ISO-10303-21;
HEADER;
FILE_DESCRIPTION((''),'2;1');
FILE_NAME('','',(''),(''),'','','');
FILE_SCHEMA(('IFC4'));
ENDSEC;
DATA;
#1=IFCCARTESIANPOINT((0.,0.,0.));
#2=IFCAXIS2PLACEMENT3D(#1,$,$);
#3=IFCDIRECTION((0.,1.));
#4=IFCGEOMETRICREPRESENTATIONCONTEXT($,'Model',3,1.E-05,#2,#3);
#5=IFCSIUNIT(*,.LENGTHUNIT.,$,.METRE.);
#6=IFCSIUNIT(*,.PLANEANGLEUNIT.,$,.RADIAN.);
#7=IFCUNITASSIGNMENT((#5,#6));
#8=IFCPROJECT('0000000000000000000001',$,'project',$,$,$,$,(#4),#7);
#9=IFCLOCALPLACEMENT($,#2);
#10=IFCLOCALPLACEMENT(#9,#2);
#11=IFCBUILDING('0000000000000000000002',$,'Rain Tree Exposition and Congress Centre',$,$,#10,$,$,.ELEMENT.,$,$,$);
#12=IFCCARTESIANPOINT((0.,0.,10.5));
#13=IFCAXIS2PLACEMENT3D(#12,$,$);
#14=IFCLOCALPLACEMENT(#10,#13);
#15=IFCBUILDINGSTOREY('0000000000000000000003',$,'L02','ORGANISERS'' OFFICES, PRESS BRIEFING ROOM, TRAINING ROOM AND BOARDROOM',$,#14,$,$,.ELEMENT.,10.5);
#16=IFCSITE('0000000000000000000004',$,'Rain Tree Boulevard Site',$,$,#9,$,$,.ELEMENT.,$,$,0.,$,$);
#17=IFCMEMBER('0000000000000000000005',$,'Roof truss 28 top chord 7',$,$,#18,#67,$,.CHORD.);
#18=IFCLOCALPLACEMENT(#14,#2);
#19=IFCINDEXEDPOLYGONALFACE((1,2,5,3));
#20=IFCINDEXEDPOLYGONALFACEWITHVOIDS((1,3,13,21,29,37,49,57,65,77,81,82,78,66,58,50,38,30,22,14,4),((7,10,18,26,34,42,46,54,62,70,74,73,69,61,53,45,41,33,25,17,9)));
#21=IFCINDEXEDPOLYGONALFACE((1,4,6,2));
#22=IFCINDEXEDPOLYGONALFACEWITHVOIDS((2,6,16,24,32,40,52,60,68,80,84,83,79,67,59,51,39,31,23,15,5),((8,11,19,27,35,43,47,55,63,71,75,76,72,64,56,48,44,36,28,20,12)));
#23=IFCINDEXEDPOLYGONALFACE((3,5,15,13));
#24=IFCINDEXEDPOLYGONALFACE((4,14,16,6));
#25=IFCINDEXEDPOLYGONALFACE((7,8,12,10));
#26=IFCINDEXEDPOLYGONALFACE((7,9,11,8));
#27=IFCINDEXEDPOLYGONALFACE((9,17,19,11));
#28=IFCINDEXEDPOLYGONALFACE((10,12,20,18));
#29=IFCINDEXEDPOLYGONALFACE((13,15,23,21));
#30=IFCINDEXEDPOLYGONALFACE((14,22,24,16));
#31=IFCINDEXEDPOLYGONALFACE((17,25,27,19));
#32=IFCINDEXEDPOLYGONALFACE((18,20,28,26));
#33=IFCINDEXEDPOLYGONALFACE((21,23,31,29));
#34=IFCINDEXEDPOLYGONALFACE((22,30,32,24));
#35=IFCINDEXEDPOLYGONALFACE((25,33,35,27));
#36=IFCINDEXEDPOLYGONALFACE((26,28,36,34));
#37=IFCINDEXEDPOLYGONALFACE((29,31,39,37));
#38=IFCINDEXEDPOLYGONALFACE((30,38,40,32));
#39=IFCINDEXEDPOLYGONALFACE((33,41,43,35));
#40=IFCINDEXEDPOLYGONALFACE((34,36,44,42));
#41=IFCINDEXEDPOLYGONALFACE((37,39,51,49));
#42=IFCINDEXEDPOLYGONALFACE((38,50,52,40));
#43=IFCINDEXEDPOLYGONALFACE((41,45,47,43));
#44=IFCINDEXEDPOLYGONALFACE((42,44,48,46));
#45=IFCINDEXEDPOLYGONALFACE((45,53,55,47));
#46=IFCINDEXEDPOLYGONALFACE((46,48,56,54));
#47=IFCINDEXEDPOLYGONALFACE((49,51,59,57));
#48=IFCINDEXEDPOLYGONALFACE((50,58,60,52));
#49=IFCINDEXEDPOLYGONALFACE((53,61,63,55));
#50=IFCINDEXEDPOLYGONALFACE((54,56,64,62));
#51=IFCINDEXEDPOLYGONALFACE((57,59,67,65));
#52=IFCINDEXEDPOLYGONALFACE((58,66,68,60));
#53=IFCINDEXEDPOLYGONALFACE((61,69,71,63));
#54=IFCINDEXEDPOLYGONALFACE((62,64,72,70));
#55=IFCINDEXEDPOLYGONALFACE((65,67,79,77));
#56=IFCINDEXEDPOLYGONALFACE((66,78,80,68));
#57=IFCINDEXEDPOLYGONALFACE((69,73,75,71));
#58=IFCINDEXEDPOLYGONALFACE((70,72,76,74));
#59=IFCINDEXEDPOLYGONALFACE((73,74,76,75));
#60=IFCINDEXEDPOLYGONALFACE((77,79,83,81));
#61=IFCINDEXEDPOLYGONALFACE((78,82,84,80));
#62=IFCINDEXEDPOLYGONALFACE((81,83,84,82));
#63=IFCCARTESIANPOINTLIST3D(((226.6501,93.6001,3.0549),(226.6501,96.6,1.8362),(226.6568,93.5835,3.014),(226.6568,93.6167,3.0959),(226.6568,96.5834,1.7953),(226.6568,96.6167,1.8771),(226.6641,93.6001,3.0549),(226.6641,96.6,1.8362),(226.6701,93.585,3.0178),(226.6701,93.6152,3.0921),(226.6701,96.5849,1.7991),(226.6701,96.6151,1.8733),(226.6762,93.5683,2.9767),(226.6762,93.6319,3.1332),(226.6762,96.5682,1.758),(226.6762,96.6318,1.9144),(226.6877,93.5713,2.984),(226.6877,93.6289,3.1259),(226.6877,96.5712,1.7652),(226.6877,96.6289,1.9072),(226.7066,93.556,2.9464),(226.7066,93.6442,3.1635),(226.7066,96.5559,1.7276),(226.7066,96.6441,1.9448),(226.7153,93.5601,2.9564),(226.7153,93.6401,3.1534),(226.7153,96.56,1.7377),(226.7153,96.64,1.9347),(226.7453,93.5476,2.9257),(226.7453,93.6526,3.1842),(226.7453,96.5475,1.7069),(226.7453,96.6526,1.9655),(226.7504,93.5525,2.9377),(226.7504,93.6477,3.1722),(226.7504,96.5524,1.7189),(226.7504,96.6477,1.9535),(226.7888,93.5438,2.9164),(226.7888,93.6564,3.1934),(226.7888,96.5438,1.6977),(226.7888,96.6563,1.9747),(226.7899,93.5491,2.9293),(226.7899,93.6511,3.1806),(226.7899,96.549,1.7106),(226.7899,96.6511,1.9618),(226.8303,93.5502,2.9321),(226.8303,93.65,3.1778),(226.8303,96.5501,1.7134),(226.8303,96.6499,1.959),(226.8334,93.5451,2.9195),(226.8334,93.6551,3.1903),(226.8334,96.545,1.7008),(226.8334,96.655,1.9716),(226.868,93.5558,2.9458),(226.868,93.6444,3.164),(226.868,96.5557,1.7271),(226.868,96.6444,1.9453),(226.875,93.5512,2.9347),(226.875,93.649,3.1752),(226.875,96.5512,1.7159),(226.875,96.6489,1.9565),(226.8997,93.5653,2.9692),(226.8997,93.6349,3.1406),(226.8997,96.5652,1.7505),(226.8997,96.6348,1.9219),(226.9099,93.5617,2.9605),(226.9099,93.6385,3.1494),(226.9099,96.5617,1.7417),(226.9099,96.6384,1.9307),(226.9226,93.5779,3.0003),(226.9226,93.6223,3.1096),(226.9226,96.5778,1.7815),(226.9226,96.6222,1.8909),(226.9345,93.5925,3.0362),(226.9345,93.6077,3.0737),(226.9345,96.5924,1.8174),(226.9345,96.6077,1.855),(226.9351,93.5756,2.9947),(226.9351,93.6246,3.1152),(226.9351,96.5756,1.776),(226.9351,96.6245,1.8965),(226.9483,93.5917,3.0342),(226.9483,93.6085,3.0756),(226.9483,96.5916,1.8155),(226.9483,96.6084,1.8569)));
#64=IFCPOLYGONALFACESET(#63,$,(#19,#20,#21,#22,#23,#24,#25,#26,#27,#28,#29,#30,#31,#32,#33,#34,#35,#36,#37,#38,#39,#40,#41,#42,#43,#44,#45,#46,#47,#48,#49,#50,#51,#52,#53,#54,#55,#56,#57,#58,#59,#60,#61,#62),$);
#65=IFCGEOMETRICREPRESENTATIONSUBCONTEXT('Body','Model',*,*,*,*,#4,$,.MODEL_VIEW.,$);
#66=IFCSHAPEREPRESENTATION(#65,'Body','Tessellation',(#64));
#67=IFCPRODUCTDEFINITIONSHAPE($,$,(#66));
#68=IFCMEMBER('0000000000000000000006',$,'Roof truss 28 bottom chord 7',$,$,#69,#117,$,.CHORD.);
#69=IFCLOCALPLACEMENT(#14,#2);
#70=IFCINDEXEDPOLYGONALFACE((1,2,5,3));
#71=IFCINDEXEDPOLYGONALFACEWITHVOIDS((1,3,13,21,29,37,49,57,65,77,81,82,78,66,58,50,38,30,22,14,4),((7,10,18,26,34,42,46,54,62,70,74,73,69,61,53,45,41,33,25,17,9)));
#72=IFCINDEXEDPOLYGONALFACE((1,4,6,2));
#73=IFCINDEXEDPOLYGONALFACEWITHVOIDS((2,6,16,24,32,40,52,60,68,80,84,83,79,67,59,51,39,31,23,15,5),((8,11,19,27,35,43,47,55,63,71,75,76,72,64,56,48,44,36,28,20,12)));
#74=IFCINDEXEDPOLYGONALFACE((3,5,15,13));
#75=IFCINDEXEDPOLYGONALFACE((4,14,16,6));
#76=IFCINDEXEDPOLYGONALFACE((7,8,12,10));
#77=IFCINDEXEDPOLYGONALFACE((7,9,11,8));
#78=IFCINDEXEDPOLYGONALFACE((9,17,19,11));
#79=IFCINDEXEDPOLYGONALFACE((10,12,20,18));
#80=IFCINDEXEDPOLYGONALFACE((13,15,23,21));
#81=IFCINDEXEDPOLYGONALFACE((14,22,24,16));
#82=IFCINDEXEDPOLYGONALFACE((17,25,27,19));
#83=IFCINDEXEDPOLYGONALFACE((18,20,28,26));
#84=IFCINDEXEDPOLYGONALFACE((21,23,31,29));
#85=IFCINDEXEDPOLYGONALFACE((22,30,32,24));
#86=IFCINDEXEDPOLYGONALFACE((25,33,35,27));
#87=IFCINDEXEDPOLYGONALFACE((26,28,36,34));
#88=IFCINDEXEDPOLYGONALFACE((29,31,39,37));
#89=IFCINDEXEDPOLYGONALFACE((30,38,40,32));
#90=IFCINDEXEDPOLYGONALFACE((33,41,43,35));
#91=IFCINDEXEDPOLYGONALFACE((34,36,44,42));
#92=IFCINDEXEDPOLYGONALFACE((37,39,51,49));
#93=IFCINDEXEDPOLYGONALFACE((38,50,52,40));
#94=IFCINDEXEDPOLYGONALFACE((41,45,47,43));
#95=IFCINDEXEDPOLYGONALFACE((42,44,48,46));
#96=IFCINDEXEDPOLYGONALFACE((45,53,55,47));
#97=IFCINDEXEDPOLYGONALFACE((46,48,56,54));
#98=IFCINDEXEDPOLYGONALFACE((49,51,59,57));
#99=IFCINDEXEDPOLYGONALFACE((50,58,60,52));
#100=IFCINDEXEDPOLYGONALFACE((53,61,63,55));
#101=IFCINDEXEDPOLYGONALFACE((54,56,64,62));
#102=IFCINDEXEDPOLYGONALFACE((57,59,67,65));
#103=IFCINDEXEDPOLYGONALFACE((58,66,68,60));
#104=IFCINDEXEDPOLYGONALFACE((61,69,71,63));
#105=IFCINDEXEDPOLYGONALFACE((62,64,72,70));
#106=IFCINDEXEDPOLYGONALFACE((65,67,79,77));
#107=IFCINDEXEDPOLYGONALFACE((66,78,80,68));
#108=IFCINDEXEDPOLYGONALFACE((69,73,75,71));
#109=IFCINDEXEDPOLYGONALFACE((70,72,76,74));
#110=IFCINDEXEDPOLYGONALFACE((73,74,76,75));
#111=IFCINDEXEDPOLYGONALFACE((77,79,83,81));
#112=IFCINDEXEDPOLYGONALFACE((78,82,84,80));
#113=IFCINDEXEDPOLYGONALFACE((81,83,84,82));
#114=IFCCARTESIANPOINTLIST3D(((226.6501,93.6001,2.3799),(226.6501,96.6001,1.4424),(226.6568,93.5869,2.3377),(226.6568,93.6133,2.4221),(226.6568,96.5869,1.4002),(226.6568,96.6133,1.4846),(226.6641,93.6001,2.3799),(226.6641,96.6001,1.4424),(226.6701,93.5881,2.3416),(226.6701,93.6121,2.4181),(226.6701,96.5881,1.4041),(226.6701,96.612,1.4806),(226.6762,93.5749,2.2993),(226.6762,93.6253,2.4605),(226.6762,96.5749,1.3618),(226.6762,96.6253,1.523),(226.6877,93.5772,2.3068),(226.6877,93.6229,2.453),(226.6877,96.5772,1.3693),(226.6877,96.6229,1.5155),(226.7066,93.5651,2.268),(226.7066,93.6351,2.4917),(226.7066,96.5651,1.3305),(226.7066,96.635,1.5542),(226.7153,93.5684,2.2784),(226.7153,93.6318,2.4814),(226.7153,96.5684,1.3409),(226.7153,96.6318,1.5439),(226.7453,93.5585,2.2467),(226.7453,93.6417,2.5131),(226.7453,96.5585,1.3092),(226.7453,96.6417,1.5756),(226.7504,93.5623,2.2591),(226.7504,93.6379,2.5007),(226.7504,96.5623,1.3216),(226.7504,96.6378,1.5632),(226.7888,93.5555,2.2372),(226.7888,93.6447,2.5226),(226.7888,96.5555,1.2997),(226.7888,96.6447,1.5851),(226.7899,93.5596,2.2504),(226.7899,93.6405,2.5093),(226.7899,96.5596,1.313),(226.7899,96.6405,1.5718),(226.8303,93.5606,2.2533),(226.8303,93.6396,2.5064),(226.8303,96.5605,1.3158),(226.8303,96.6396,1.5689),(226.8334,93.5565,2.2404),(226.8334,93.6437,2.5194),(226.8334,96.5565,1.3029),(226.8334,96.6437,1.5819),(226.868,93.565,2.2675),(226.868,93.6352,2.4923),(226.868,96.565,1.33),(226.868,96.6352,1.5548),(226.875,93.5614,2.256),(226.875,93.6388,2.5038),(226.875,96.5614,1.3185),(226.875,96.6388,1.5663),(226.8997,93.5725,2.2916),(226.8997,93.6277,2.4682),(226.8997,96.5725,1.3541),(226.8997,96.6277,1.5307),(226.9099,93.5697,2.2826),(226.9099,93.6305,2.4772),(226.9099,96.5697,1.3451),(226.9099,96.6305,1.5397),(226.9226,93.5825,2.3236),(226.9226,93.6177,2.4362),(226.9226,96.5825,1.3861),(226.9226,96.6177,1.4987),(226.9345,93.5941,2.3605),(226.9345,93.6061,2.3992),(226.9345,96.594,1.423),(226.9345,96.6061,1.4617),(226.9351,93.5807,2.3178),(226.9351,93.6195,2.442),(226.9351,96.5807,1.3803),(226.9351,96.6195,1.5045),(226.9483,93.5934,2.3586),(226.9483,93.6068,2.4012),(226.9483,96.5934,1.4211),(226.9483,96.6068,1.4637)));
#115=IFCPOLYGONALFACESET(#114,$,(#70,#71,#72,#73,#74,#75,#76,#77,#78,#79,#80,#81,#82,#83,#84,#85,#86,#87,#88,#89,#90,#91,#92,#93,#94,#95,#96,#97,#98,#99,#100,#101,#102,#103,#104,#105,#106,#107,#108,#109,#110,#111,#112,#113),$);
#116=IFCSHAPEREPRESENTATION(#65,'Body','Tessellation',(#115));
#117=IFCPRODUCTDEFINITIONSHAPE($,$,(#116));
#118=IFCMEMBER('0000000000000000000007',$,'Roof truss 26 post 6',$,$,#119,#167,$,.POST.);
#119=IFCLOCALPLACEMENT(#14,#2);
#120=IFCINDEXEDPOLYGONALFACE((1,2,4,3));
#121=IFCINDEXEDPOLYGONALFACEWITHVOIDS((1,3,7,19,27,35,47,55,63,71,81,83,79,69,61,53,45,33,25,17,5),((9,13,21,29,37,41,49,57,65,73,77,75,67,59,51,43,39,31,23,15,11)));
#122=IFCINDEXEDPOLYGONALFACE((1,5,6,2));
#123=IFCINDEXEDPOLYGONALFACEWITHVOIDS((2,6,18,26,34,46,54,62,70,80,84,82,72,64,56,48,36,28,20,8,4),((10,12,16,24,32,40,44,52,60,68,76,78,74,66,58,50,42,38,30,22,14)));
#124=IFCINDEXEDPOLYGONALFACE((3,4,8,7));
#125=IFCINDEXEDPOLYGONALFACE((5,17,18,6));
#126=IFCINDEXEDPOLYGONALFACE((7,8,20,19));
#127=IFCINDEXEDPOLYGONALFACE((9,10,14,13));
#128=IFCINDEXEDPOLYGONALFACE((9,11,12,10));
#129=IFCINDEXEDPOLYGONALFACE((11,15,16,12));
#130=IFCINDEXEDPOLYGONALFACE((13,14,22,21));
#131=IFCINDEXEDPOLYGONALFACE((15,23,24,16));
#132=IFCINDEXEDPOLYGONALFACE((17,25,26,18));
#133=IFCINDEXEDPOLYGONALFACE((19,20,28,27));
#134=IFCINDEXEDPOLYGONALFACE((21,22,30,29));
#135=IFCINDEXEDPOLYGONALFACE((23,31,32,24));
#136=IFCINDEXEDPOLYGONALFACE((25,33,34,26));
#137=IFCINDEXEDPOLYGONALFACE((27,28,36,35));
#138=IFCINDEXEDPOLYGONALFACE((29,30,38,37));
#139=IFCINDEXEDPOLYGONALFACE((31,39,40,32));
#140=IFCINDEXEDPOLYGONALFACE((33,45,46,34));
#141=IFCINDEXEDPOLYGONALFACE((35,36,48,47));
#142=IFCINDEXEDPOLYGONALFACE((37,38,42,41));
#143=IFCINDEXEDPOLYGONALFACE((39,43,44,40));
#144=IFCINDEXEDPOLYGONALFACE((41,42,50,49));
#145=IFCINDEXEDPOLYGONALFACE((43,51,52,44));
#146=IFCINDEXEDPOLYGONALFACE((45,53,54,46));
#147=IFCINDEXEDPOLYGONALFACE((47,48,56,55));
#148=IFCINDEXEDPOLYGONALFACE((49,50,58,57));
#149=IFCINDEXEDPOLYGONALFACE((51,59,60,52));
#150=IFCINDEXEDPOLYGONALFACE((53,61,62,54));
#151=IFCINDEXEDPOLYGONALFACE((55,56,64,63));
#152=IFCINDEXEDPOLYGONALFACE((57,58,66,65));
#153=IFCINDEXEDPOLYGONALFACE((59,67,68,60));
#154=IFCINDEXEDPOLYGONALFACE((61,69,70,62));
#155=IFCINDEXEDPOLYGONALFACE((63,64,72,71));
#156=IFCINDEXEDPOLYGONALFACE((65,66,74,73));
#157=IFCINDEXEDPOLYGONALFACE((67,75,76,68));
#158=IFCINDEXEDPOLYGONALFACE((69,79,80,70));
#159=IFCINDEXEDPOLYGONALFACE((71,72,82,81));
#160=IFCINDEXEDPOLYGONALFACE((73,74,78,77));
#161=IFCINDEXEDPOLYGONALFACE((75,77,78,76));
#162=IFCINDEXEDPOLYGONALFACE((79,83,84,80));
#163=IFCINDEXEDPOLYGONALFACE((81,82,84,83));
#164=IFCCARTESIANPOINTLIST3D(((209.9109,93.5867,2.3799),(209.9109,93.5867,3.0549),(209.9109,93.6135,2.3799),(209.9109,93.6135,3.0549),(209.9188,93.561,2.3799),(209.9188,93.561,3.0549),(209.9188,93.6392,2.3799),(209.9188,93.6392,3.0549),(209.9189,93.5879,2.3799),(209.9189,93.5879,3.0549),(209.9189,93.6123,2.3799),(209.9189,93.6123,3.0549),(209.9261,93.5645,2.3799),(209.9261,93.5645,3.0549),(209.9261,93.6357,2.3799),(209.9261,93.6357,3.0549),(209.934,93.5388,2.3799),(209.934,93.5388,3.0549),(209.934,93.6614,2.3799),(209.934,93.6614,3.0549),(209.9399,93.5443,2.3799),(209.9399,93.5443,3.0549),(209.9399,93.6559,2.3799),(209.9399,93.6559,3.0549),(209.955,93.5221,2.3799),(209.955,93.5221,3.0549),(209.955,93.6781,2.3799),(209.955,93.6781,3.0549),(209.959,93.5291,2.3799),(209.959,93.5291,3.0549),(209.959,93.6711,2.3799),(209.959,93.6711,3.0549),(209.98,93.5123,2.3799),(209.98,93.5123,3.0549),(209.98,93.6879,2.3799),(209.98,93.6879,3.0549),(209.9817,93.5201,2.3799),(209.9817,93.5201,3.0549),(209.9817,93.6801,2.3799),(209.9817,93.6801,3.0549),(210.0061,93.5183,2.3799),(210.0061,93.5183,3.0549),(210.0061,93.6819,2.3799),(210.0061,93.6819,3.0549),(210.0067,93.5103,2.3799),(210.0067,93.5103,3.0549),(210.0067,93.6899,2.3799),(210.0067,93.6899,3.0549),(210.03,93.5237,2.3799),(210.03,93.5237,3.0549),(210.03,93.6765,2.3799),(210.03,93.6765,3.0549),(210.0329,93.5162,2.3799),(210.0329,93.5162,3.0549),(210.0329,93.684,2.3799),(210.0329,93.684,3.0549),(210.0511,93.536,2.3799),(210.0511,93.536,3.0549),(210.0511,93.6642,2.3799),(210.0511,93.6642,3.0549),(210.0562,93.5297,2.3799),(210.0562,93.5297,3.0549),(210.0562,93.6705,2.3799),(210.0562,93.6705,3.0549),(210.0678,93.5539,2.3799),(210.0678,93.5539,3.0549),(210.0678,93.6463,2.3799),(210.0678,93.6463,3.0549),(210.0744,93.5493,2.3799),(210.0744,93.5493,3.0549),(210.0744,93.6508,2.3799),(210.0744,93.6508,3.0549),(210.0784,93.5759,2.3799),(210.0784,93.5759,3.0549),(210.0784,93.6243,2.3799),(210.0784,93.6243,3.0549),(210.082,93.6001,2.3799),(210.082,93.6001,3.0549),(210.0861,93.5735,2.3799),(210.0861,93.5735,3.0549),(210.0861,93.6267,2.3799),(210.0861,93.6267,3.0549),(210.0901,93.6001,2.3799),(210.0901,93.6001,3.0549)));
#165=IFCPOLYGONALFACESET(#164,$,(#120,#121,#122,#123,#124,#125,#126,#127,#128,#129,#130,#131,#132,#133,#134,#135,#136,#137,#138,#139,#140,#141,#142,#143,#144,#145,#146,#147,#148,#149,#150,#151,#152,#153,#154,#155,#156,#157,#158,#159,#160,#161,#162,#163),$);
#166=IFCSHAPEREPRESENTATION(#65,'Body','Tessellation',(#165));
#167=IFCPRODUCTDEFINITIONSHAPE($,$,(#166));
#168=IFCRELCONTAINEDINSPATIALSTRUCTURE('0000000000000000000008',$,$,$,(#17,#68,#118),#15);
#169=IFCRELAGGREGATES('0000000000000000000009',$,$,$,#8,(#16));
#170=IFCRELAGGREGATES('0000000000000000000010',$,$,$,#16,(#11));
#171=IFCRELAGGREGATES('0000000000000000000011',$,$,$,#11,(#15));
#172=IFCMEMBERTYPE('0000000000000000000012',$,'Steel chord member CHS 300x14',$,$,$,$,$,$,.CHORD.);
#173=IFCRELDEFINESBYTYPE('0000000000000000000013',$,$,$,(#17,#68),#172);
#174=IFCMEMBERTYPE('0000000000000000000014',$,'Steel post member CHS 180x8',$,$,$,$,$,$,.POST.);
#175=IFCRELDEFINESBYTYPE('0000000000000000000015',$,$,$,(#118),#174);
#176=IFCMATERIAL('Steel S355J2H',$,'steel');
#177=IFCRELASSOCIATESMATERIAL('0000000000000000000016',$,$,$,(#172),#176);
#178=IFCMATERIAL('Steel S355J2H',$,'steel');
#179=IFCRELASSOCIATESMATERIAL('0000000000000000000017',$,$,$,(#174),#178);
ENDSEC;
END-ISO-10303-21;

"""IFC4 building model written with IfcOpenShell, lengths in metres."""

from ifc_helpers import new_model, si_unit, direction, frame, origin, origin_2d, place, context, subcontext, project, spatial, hollow_circle, extrude, material, material_profile, profile_set, type_object, element, save


model = new_model("IFC4")

# Units and contexts
model_context = context("Model", 3, precision=1e-05, world=origin(), true_north=direction((0.0, 1.0)))
body_context = subcontext(model_context, "Body", "Model", "MODEL_VIEW")
ifc_project = project(units=[si_unit("LENGTHUNIT", "METRE"), si_unit("PLANEANGLEUNIT", "RADIAN")], contexts=[model_context])

# Site, building, storey
site_placement = place(None, origin())
site = spatial("IfcSite", under=ifc_project, at=site_placement, Name="Rain Tree Boulevard Site", CompositionType="ELEMENT", RefElevation=0.0)
building_placement = place(site_placement, origin())
building = spatial("IfcBuilding", under=site, at=building_placement, Name="Rain Tree Exposition and Congress Centre", CompositionType="ELEMENT")
storey_placement = place(building_placement, frame((0.0, 0.0, 10.5)))
storey = spatial("IfcBuildingStorey", under=building, at=storey_placement, Name="L02", Description="ORGANISERS' OFFICES, PRESS BRIEFING ROOM, TRAINING ROOM AND BOARDROOM", CompositionType="ELEMENT", Elevation=10.5)

# Members
ifc_material_1 = material(Name="Steel S355J2H", Category="steel")
ifc_material_profile_1 = material_profile(ifc_material_1, hollow_circle(Radius=0.1499, WallThickness=0.0139, at=origin_2d()), Name="CHS 300x14")
ifc_profile_set_1 = profile_set([ifc_material_profile_1], Name="Steel S355J2H")
member_type_1 = type_object("IfcMemberType", Name="Steel chord member CHS 300x14", PredefinedType="CHORD", material=ifc_profile_set_1)
member_1_placement = place(storey_placement, frame((226.8, 93.6001, 3.0549), z_axis=(0.0, 0.926467, -0.376377), x_axis=(-1.0, 0.0, 0.0)))
element("IfcMember", 1, at=member_1_placement, inside=storey, type_object=member_type_1, Name="Roof truss 28 top chord 7", PredefinedType="CHORD", context=body_context, shape_type="SweptSolid", body=[
    extrude(hollow_circle(Radius=0.1499, WallThickness=0.0139, at=origin_2d()), origin(), (0.0, 0.0, 1.0), 3.238),
])
member_2_placement = place(storey_placement, frame((226.8, 93.6001, 2.3799), z_axis=(0.0, 0.95448, -0.298275), x_axis=(-1.0, 0.0, 0.0)))
element("IfcMember", 2, at=member_2_placement, inside=storey, type_object=member_type_1, Name="Roof truss 28 bottom chord 7", PredefinedType="CHORD", context=body_context, shape_type="SweptSolid", body=[
    extrude(hollow_circle(Radius=0.1499, WallThickness=0.0139, at=origin_2d()), origin(), (0.0, 0.0, 1.0), 3.1431),
])
ifc_material_2 = material(Name="Steel S355J2H", Category="steel")
ifc_material_profile_2 = material_profile(ifc_material_2, hollow_circle(Radius=0.0901, WallThickness=0.0081, at=origin_2d()), Name="CHS 180x8")
ifc_profile_set_2 = profile_set([ifc_material_profile_2], Name="Steel S355J2H")
member_type_2 = type_object("IfcMemberType", Name="Steel post member CHS 180x8", PredefinedType="POST", material=ifc_profile_set_2)
member_3_placement = place(storey_placement, frame((210.0, 93.6001, 2.3799), z_axis=(0.0, 0.0, 1.0), x_axis=(1.0, 0.0, 0.0)))
element("IfcMember", 3, at=member_3_placement, inside=storey, type_object=member_type_2, Name="Roof truss 26 post 6", PredefinedType="POST", context=body_context, shape_type="SweptSolid", body=[
    extrude(hollow_circle(Radius=0.0901, WallThickness=0.0081, at=origin_2d()), origin(), (0.0, 0.0, 1.0), 0.675),
])

save(model, "model.ifc")
